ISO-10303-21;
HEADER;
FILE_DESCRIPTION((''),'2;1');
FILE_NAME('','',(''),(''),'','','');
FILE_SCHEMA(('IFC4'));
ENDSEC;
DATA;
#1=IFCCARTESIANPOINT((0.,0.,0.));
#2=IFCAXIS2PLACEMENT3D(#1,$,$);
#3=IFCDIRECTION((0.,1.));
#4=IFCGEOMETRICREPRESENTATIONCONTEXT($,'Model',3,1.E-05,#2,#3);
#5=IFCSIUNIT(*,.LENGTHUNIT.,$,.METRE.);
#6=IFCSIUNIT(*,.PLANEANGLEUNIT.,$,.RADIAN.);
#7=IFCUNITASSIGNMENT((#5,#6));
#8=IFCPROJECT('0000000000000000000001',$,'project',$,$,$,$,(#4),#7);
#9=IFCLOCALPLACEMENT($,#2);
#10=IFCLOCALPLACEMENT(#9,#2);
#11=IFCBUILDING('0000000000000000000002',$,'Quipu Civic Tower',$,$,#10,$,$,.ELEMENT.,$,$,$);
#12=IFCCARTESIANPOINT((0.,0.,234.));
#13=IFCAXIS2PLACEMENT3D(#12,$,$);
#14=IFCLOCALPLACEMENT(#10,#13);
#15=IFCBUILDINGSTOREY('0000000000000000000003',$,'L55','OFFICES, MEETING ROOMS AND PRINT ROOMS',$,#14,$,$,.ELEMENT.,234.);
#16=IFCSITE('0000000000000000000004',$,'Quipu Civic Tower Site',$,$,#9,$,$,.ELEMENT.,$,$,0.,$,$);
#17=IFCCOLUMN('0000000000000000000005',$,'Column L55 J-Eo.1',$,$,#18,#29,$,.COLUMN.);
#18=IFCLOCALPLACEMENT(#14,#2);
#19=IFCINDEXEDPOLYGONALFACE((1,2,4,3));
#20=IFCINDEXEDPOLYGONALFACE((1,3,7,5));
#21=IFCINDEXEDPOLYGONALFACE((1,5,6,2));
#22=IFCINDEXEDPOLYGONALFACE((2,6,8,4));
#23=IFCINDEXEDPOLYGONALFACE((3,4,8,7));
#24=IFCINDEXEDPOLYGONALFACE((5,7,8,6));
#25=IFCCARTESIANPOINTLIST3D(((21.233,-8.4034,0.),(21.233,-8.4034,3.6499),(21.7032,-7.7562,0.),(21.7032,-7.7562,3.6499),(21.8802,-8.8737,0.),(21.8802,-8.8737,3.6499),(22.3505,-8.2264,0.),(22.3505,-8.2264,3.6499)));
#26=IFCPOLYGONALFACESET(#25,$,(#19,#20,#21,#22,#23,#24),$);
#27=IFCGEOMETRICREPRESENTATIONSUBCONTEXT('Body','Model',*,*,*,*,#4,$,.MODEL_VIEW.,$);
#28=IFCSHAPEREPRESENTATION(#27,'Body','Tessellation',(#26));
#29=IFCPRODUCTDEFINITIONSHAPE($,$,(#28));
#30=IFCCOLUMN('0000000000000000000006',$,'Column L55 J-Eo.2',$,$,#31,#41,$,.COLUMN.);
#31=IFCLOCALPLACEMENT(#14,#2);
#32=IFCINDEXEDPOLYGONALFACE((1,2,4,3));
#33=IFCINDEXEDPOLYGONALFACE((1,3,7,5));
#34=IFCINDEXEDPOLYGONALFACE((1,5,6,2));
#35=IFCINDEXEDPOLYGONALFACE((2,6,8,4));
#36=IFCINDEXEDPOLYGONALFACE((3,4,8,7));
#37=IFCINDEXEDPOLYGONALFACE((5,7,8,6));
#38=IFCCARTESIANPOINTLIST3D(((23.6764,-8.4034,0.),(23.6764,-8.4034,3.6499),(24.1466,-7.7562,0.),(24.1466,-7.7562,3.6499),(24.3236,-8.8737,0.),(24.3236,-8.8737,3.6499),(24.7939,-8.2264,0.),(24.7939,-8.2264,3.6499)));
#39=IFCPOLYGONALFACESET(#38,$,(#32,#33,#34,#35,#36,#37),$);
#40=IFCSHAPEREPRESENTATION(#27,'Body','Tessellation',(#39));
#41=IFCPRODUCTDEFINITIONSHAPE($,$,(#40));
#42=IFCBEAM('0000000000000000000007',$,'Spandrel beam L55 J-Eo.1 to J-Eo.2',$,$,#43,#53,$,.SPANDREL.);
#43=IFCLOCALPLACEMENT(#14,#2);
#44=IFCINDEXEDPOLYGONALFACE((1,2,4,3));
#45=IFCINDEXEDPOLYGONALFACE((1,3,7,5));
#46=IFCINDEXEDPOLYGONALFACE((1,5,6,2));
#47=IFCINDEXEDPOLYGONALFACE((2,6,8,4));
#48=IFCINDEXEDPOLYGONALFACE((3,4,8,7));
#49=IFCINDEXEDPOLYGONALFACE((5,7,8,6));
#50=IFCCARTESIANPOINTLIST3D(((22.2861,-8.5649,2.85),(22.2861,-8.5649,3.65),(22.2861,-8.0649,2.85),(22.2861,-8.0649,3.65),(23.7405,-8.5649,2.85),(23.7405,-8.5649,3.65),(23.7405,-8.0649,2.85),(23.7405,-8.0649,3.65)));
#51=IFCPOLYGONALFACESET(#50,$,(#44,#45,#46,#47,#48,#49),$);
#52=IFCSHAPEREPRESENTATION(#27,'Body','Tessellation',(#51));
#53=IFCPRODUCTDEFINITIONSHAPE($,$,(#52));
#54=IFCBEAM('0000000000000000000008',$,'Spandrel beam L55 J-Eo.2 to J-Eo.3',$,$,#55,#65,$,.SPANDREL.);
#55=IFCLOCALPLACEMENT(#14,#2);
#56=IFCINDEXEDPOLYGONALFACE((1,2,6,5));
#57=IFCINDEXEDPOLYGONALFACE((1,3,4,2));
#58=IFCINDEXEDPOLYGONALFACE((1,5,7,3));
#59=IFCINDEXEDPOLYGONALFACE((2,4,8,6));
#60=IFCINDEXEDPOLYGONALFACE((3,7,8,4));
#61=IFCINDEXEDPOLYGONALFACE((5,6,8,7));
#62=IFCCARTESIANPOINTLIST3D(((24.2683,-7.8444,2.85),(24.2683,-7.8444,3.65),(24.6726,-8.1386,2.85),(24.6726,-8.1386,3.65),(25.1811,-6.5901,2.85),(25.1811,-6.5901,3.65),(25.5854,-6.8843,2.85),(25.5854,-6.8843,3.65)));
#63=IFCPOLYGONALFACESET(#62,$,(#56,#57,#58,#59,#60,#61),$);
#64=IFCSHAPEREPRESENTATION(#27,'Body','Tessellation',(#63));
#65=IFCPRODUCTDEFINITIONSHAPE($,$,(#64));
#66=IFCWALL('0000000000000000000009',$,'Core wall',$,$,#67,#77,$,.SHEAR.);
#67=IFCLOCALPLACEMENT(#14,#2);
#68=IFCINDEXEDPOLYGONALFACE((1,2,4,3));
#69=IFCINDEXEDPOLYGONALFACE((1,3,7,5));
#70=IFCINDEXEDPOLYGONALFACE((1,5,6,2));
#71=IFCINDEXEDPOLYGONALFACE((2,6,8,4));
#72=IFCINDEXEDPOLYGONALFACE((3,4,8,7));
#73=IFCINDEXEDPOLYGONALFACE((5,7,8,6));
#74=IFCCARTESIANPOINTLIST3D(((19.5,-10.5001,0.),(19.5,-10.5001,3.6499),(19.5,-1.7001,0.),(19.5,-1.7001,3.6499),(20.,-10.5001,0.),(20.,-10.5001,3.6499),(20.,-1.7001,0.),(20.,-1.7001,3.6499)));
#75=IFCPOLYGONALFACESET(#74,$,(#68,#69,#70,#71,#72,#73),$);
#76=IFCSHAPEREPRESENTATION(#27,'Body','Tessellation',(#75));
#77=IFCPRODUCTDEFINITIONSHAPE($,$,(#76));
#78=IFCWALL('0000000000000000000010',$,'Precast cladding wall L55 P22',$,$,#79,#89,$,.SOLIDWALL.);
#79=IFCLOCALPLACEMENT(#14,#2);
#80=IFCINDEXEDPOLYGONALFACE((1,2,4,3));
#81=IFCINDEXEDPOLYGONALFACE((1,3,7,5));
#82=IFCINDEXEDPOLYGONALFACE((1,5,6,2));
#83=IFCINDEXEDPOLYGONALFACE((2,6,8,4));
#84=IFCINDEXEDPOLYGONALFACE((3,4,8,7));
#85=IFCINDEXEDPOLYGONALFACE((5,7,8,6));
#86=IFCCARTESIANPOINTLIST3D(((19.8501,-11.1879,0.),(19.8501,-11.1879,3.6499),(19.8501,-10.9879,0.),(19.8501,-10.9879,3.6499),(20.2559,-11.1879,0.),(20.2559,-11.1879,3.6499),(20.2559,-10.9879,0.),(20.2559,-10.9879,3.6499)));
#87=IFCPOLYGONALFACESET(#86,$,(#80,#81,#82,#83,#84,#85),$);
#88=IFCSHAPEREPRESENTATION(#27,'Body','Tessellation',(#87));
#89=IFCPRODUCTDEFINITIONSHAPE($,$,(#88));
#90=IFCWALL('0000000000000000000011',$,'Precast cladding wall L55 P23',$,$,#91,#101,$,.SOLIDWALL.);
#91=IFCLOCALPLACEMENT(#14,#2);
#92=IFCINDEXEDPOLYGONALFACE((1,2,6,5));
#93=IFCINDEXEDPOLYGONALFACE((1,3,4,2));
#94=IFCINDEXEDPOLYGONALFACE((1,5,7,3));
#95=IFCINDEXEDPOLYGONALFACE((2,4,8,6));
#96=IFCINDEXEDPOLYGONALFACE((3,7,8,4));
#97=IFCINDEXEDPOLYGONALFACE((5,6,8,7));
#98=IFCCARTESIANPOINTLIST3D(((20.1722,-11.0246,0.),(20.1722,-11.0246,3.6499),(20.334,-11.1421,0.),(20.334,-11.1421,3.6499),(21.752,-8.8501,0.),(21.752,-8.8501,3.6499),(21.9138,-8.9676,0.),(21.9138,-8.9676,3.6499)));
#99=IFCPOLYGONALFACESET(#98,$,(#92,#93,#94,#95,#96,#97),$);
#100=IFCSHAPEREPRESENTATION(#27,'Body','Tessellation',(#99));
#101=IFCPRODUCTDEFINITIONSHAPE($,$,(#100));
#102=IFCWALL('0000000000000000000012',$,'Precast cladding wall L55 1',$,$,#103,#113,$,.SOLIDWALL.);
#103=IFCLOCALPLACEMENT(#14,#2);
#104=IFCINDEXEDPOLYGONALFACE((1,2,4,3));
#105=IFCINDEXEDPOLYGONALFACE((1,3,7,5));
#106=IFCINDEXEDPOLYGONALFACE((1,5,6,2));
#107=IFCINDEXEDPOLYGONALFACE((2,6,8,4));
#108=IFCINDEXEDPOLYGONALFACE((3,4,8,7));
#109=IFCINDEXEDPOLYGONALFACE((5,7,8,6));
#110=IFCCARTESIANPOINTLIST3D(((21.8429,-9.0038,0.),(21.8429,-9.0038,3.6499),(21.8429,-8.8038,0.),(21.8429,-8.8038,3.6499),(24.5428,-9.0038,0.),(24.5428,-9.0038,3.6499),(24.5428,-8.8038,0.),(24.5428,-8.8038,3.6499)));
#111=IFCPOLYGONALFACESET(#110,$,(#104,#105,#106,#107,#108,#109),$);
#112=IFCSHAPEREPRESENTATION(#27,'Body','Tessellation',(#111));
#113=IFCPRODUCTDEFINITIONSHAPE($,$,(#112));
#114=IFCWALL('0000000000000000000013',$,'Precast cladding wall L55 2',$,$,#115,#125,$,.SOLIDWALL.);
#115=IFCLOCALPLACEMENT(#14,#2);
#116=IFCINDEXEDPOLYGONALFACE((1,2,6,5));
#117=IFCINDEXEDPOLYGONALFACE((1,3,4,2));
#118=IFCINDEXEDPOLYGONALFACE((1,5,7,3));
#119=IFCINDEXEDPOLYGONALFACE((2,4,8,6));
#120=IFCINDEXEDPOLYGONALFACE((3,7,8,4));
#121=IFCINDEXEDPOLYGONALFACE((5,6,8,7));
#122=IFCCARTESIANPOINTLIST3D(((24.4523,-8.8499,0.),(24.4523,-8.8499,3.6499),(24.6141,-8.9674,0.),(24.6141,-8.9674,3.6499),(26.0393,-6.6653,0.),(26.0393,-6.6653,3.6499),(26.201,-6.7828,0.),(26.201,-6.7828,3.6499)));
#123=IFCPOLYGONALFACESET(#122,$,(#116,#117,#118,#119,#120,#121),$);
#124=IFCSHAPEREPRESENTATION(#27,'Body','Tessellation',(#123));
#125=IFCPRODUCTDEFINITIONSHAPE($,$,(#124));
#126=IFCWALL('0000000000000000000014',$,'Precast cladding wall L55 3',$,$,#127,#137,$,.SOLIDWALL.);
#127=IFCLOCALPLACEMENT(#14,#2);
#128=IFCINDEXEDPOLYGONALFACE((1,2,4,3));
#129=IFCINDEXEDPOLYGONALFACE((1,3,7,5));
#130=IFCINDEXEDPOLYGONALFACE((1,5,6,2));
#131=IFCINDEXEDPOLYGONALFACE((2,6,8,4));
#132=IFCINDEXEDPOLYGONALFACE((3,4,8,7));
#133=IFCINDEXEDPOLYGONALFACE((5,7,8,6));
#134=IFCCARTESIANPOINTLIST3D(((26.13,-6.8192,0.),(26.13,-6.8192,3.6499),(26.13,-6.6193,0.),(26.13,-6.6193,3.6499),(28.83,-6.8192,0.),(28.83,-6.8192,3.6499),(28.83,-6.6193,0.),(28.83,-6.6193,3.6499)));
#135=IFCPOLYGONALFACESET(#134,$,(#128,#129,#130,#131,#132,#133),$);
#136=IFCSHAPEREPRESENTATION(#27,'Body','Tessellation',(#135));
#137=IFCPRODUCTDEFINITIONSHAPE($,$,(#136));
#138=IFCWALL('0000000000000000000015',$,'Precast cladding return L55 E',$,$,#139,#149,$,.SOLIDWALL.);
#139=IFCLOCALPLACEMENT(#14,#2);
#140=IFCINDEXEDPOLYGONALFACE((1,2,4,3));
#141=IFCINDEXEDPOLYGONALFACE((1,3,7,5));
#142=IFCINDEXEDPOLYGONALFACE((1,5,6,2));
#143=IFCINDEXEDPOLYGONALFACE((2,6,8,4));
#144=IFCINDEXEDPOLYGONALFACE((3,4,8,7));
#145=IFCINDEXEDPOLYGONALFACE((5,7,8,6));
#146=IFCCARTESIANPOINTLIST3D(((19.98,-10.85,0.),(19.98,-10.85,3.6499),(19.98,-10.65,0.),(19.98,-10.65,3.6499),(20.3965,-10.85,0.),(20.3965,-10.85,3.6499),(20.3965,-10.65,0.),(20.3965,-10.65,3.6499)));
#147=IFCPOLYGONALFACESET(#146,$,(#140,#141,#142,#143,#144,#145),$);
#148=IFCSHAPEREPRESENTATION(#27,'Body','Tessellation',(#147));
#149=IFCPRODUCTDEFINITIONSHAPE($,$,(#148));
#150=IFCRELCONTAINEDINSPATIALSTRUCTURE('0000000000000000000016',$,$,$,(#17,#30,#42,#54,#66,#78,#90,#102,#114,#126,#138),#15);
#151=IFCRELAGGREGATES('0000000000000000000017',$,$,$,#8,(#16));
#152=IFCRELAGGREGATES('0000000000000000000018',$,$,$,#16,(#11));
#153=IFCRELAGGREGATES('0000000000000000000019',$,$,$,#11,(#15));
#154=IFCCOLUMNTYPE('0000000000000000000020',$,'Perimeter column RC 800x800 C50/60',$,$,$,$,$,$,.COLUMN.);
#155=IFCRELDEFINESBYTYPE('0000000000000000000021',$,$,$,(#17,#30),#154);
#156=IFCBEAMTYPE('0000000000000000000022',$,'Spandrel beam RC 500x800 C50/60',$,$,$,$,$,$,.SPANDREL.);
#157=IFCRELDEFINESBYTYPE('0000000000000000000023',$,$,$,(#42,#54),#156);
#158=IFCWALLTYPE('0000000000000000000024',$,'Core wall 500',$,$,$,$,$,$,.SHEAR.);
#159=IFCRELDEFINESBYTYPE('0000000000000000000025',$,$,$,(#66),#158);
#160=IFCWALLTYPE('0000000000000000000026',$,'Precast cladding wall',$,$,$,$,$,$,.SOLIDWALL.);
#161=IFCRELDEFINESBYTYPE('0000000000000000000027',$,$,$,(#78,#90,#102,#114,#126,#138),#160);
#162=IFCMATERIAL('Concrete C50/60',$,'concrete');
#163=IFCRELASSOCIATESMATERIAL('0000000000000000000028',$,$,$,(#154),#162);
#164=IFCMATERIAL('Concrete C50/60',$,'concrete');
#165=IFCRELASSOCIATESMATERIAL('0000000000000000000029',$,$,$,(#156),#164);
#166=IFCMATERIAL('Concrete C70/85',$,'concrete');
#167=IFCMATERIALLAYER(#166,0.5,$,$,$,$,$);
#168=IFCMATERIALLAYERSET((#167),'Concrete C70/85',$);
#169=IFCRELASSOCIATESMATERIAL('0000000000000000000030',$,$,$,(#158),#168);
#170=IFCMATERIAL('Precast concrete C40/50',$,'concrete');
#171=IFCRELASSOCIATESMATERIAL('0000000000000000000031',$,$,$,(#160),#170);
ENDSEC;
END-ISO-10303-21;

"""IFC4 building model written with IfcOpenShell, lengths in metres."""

from ifc_helpers import new_model, si_unit, direction, frame, frame_2d, origin, origin_2d, place, context, subcontext, project, spatial, rectangle, extrude, material, layer, layer_set, material_profile, profile_set, type_object, element, save


model = new_model("IFC4")

# Units and contexts
model_context = context("Model", 3, precision=1e-05, world=origin(), true_north=direction((0.0, 1.0)))
body_context = subcontext(model_context, "Body", "Model", "MODEL_VIEW")
ifc_project = project(units=[si_unit("LENGTHUNIT", "METRE"), si_unit("PLANEANGLEUNIT", "RADIAN")], contexts=[model_context])

# Site, building, storey
site_placement = place(None, origin())
site = spatial("IfcSite", under=ifc_project, at=site_placement, Name="Quipu Civic Tower Site", CompositionType="ELEMENT", RefElevation=0.0)
building_placement = place(site_placement, origin())
building = spatial("IfcBuilding", under=site, at=building_placement, Name="Quipu Civic Tower", CompositionType="ELEMENT")
storey_placement = place(building_placement, frame((0.0, 0.0, 234.0)))
storey = spatial("IfcBuildingStorey", under=building, at=storey_placement, Name="L55", Description="OFFICES, MEETING ROOMS AND PRINT ROOMS", CompositionType="ELEMENT", Elevation=234.0)

# Columns
ifc_material_1 = material(Name="Concrete C50/60", Category="concrete")
ifc_material_profile_1 = material_profile(ifc_material_1, rectangle(XDim=0.8, YDim=0.8, at=origin_2d()), Name="RC800x800")
ifc_profile_set_1 = profile_set([ifc_material_profile_1], Name="Concrete C50/60")
column_type = type_object("IfcColumnType", Name="Perimeter column RC 800x800 C50/60", PredefinedType="COLUMN", material=ifc_profile_set_1)
for number, where, z_axis, x_axis, name in (
    (1, (21.7917, -8.3149, 0.0), (0.0, 0.0, 1.0), (0.587785, 0.809017, 0.0), "Column L55 J-Eo.1"),
    (2, (24.2351, -8.3149, 0.0), (0.0, 0.0, 1.0), (0.587785, 0.809017, 0.0), "Column L55 J-Eo.2"),
):
    element("IfcColumn", number, at=place(storey_placement, frame(where, z_axis=z_axis, x_axis=x_axis)), inside=storey, type_object=column_type, Name=name, PredefinedType="COLUMN", context=body_context, shape_type="SweptSolid", body=[
        extrude(rectangle(XDim=0.8, YDim=0.8, at=origin_2d()), origin(), (0.0, 0.0, 1.0), 3.6499),
    ])

# Beams
ifc_material_2 = material(Name="Concrete C50/60", Category="concrete")
ifc_material_profile_2 = material_profile(ifc_material_2, rectangle(XDim=0.5, YDim=0.8, at=origin_2d()), Name="RC500x800")
ifc_profile_set_2 = profile_set([ifc_material_profile_2], Name="Concrete C50/60")
beam_type = type_object("IfcBeamType", Name="Spandrel beam RC 500x800 C50/60", PredefinedType="SPANDREL", material=ifc_profile_set_2)
beam_1_placement = place(storey_placement, frame((22.2861, -8.3149, 3.25), z_axis=(1.0, 0.0, 0.0), x_axis=(0.0, 1.0, 0.0)))
element("IfcBeam", 3, at=beam_1_placement, inside=storey, type_object=beam_type, Name="Spandrel beam L55 J-Eo.1 to J-Eo.2", PredefinedType="SPANDREL", context=body_context, shape_type="SweptSolid", body=[
    extrude(rectangle(XDim=0.5, YDim=0.8, at=origin_2d()), origin(), (0.0, 0.0, 1.0), 1.4543),
])
beam_2_placement = place(storey_placement, frame((24.4705, -7.9915, 3.25), z_axis=(0.588406, 0.808566, 0.0), x_axis=(-0.808566, 0.588406, 0.0)))
element("IfcBeam", 4, at=beam_2_placement, inside=storey, type_object=beam_type, Name="Spandrel beam L55 J-Eo.2 to J-Eo.3", PredefinedType="SPANDREL", context=body_context, shape_type="SweptSolid", body=[
    extrude(rectangle(XDim=0.5, YDim=0.8, at=origin_2d()), origin(), (0.0, 0.0, 1.0), 1.5513),
])

# Walls
ifc_material_3 = material(Name="Concrete C70/85", Category="concrete")
ifc_layer = layer(ifc_material_3, 0.5)
ifc_layer_set = layer_set([ifc_layer], Name="Concrete C70/85")
wall_type_1 = type_object("IfcWallType", Name="Core wall 500", PredefinedType="SHEAR", material=ifc_layer_set)
wall_1_placement = place(storey_placement, frame((19.75, -10.5, 0.0), z_axis=(0.0, 0.0, 1.0), x_axis=(0.0, 1.0, 0.0)))
element("IfcWall", 5, at=wall_1_placement, inside=storey, type_object=wall_type_1, Name="Core wall", PredefinedType="SHEAR", context=body_context, shape_type="SweptSolid", body=[
    extrude(rectangle(XDim=8.8, YDim=0.5, at=frame_2d((4.3999, 0.0))), origin(), (0.0, 0.0, 1.0), 3.6499),
])
ifc_material_4 = material(Name="Precast concrete C40/50", Category="concrete")
wall_type_2 = type_object("IfcWallType", Name="Precast cladding wall", PredefinedType="SOLIDWALL", material=ifc_material_4)
wall_2_placement = place(storey_placement, frame((19.8501, -11.0879, 0.0), z_axis=(0.0, 0.0, 1.0), x_axis=(1.0, 0.0, 0.0)))
element("IfcWall", 6, at=wall_2_placement, inside=storey, type_object=wall_type_2, Name="Precast cladding wall L55 P22", PredefinedType="SOLIDWALL", context=body_context, shape_type="SweptSolid", body=[
    extrude(rectangle(XDim=0.4058, YDim=0.2, at=frame_2d((0.2029, 0.0))), origin(), (0.0, 0.0, 1.0), 3.6499),
])
wall_3_placement = place(storey_placement, frame((20.2532, -11.0833, 0.0), z_axis=(0.0, 0.0, 1.0), x_axis=(0.587767, 0.809031, 0.0)))
element("IfcWall", 7, at=wall_3_placement, inside=storey, type_object=wall_type_2, Name="Precast cladding wall L55 P23", PredefinedType="SOLIDWALL", context=body_context, shape_type="SweptSolid", body=[
    extrude(rectangle(XDim=2.6877, YDim=0.2, at=frame_2d((1.3438, 0.0))), origin(), (0.0, 0.0, 1.0), 3.6499),
])
wall_4_placement = place(storey_placement, frame((21.8428, -8.9038, 0.0), z_axis=(0.0, 0.0, 1.0), x_axis=(1.0, 0.0, 0.0)))
element("IfcWall", 8, at=wall_4_placement, inside=storey, type_object=wall_type_2, Name="Precast cladding wall L55 1", PredefinedType="SOLIDWALL", context=body_context, shape_type="SweptSolid", body=[
    extrude(rectangle(XDim=2.7, YDim=0.2, at=frame_2d((1.3501, 0.0))), origin(), (0.0, 0.0, 1.0), 3.6499),
])
wall_5_placement = place(storey_placement, frame((24.5332, -8.9087, 0.0), z_axis=(0.0, 0.0, 1.0), x_axis=(0.58772, 0.809064, 0.0)))
element("IfcWall", 9, at=wall_5_placement, inside=storey, type_object=wall_type_2, Name="Precast cladding wall L55 2", PredefinedType="SOLIDWALL", context=body_context, shape_type="SweptSolid", body=[
    extrude(rectangle(XDim=2.7002, YDim=0.2, at=frame_2d((1.3501, 0.0))), origin(), (0.0, 0.0, 1.0), 3.6499),
])
wall_6_placement = place(storey_placement, frame((26.1299, -6.7192, 0.0), z_axis=(0.0, 0.0, 1.0), x_axis=(1.0, 0.0, 0.0)))
element("IfcWall", 10, at=wall_6_placement, inside=storey, type_object=wall_type_2, Name="Precast cladding wall L55 3", PredefinedType="SOLIDWALL", context=body_context, shape_type="SweptSolid", body=[
    extrude(rectangle(XDim=2.7, YDim=0.2, at=frame_2d((1.3501, 0.0))), origin(), (0.0, 0.0, 1.0), 3.6499),
])
wall_7_placement = place(storey_placement, frame((19.98, -10.75, 0.0), z_axis=(0.0, 0.0, 1.0), x_axis=(1.0, 0.0, 0.0)))
element("IfcWall", 11, at=wall_7_placement, inside=storey, type_object=wall_type_2, Name="Precast cladding return L55 E", PredefinedType="SOLIDWALL", context=body_context, shape_type="SweptSolid", body=[
    extrude(rectangle(XDim=0.4165, YDim=0.2, at=frame_2d((0.2083, 0.0))), origin(), (0.0, 0.0, 1.0), 3.6499),
])

save(model, "model.ifc")
